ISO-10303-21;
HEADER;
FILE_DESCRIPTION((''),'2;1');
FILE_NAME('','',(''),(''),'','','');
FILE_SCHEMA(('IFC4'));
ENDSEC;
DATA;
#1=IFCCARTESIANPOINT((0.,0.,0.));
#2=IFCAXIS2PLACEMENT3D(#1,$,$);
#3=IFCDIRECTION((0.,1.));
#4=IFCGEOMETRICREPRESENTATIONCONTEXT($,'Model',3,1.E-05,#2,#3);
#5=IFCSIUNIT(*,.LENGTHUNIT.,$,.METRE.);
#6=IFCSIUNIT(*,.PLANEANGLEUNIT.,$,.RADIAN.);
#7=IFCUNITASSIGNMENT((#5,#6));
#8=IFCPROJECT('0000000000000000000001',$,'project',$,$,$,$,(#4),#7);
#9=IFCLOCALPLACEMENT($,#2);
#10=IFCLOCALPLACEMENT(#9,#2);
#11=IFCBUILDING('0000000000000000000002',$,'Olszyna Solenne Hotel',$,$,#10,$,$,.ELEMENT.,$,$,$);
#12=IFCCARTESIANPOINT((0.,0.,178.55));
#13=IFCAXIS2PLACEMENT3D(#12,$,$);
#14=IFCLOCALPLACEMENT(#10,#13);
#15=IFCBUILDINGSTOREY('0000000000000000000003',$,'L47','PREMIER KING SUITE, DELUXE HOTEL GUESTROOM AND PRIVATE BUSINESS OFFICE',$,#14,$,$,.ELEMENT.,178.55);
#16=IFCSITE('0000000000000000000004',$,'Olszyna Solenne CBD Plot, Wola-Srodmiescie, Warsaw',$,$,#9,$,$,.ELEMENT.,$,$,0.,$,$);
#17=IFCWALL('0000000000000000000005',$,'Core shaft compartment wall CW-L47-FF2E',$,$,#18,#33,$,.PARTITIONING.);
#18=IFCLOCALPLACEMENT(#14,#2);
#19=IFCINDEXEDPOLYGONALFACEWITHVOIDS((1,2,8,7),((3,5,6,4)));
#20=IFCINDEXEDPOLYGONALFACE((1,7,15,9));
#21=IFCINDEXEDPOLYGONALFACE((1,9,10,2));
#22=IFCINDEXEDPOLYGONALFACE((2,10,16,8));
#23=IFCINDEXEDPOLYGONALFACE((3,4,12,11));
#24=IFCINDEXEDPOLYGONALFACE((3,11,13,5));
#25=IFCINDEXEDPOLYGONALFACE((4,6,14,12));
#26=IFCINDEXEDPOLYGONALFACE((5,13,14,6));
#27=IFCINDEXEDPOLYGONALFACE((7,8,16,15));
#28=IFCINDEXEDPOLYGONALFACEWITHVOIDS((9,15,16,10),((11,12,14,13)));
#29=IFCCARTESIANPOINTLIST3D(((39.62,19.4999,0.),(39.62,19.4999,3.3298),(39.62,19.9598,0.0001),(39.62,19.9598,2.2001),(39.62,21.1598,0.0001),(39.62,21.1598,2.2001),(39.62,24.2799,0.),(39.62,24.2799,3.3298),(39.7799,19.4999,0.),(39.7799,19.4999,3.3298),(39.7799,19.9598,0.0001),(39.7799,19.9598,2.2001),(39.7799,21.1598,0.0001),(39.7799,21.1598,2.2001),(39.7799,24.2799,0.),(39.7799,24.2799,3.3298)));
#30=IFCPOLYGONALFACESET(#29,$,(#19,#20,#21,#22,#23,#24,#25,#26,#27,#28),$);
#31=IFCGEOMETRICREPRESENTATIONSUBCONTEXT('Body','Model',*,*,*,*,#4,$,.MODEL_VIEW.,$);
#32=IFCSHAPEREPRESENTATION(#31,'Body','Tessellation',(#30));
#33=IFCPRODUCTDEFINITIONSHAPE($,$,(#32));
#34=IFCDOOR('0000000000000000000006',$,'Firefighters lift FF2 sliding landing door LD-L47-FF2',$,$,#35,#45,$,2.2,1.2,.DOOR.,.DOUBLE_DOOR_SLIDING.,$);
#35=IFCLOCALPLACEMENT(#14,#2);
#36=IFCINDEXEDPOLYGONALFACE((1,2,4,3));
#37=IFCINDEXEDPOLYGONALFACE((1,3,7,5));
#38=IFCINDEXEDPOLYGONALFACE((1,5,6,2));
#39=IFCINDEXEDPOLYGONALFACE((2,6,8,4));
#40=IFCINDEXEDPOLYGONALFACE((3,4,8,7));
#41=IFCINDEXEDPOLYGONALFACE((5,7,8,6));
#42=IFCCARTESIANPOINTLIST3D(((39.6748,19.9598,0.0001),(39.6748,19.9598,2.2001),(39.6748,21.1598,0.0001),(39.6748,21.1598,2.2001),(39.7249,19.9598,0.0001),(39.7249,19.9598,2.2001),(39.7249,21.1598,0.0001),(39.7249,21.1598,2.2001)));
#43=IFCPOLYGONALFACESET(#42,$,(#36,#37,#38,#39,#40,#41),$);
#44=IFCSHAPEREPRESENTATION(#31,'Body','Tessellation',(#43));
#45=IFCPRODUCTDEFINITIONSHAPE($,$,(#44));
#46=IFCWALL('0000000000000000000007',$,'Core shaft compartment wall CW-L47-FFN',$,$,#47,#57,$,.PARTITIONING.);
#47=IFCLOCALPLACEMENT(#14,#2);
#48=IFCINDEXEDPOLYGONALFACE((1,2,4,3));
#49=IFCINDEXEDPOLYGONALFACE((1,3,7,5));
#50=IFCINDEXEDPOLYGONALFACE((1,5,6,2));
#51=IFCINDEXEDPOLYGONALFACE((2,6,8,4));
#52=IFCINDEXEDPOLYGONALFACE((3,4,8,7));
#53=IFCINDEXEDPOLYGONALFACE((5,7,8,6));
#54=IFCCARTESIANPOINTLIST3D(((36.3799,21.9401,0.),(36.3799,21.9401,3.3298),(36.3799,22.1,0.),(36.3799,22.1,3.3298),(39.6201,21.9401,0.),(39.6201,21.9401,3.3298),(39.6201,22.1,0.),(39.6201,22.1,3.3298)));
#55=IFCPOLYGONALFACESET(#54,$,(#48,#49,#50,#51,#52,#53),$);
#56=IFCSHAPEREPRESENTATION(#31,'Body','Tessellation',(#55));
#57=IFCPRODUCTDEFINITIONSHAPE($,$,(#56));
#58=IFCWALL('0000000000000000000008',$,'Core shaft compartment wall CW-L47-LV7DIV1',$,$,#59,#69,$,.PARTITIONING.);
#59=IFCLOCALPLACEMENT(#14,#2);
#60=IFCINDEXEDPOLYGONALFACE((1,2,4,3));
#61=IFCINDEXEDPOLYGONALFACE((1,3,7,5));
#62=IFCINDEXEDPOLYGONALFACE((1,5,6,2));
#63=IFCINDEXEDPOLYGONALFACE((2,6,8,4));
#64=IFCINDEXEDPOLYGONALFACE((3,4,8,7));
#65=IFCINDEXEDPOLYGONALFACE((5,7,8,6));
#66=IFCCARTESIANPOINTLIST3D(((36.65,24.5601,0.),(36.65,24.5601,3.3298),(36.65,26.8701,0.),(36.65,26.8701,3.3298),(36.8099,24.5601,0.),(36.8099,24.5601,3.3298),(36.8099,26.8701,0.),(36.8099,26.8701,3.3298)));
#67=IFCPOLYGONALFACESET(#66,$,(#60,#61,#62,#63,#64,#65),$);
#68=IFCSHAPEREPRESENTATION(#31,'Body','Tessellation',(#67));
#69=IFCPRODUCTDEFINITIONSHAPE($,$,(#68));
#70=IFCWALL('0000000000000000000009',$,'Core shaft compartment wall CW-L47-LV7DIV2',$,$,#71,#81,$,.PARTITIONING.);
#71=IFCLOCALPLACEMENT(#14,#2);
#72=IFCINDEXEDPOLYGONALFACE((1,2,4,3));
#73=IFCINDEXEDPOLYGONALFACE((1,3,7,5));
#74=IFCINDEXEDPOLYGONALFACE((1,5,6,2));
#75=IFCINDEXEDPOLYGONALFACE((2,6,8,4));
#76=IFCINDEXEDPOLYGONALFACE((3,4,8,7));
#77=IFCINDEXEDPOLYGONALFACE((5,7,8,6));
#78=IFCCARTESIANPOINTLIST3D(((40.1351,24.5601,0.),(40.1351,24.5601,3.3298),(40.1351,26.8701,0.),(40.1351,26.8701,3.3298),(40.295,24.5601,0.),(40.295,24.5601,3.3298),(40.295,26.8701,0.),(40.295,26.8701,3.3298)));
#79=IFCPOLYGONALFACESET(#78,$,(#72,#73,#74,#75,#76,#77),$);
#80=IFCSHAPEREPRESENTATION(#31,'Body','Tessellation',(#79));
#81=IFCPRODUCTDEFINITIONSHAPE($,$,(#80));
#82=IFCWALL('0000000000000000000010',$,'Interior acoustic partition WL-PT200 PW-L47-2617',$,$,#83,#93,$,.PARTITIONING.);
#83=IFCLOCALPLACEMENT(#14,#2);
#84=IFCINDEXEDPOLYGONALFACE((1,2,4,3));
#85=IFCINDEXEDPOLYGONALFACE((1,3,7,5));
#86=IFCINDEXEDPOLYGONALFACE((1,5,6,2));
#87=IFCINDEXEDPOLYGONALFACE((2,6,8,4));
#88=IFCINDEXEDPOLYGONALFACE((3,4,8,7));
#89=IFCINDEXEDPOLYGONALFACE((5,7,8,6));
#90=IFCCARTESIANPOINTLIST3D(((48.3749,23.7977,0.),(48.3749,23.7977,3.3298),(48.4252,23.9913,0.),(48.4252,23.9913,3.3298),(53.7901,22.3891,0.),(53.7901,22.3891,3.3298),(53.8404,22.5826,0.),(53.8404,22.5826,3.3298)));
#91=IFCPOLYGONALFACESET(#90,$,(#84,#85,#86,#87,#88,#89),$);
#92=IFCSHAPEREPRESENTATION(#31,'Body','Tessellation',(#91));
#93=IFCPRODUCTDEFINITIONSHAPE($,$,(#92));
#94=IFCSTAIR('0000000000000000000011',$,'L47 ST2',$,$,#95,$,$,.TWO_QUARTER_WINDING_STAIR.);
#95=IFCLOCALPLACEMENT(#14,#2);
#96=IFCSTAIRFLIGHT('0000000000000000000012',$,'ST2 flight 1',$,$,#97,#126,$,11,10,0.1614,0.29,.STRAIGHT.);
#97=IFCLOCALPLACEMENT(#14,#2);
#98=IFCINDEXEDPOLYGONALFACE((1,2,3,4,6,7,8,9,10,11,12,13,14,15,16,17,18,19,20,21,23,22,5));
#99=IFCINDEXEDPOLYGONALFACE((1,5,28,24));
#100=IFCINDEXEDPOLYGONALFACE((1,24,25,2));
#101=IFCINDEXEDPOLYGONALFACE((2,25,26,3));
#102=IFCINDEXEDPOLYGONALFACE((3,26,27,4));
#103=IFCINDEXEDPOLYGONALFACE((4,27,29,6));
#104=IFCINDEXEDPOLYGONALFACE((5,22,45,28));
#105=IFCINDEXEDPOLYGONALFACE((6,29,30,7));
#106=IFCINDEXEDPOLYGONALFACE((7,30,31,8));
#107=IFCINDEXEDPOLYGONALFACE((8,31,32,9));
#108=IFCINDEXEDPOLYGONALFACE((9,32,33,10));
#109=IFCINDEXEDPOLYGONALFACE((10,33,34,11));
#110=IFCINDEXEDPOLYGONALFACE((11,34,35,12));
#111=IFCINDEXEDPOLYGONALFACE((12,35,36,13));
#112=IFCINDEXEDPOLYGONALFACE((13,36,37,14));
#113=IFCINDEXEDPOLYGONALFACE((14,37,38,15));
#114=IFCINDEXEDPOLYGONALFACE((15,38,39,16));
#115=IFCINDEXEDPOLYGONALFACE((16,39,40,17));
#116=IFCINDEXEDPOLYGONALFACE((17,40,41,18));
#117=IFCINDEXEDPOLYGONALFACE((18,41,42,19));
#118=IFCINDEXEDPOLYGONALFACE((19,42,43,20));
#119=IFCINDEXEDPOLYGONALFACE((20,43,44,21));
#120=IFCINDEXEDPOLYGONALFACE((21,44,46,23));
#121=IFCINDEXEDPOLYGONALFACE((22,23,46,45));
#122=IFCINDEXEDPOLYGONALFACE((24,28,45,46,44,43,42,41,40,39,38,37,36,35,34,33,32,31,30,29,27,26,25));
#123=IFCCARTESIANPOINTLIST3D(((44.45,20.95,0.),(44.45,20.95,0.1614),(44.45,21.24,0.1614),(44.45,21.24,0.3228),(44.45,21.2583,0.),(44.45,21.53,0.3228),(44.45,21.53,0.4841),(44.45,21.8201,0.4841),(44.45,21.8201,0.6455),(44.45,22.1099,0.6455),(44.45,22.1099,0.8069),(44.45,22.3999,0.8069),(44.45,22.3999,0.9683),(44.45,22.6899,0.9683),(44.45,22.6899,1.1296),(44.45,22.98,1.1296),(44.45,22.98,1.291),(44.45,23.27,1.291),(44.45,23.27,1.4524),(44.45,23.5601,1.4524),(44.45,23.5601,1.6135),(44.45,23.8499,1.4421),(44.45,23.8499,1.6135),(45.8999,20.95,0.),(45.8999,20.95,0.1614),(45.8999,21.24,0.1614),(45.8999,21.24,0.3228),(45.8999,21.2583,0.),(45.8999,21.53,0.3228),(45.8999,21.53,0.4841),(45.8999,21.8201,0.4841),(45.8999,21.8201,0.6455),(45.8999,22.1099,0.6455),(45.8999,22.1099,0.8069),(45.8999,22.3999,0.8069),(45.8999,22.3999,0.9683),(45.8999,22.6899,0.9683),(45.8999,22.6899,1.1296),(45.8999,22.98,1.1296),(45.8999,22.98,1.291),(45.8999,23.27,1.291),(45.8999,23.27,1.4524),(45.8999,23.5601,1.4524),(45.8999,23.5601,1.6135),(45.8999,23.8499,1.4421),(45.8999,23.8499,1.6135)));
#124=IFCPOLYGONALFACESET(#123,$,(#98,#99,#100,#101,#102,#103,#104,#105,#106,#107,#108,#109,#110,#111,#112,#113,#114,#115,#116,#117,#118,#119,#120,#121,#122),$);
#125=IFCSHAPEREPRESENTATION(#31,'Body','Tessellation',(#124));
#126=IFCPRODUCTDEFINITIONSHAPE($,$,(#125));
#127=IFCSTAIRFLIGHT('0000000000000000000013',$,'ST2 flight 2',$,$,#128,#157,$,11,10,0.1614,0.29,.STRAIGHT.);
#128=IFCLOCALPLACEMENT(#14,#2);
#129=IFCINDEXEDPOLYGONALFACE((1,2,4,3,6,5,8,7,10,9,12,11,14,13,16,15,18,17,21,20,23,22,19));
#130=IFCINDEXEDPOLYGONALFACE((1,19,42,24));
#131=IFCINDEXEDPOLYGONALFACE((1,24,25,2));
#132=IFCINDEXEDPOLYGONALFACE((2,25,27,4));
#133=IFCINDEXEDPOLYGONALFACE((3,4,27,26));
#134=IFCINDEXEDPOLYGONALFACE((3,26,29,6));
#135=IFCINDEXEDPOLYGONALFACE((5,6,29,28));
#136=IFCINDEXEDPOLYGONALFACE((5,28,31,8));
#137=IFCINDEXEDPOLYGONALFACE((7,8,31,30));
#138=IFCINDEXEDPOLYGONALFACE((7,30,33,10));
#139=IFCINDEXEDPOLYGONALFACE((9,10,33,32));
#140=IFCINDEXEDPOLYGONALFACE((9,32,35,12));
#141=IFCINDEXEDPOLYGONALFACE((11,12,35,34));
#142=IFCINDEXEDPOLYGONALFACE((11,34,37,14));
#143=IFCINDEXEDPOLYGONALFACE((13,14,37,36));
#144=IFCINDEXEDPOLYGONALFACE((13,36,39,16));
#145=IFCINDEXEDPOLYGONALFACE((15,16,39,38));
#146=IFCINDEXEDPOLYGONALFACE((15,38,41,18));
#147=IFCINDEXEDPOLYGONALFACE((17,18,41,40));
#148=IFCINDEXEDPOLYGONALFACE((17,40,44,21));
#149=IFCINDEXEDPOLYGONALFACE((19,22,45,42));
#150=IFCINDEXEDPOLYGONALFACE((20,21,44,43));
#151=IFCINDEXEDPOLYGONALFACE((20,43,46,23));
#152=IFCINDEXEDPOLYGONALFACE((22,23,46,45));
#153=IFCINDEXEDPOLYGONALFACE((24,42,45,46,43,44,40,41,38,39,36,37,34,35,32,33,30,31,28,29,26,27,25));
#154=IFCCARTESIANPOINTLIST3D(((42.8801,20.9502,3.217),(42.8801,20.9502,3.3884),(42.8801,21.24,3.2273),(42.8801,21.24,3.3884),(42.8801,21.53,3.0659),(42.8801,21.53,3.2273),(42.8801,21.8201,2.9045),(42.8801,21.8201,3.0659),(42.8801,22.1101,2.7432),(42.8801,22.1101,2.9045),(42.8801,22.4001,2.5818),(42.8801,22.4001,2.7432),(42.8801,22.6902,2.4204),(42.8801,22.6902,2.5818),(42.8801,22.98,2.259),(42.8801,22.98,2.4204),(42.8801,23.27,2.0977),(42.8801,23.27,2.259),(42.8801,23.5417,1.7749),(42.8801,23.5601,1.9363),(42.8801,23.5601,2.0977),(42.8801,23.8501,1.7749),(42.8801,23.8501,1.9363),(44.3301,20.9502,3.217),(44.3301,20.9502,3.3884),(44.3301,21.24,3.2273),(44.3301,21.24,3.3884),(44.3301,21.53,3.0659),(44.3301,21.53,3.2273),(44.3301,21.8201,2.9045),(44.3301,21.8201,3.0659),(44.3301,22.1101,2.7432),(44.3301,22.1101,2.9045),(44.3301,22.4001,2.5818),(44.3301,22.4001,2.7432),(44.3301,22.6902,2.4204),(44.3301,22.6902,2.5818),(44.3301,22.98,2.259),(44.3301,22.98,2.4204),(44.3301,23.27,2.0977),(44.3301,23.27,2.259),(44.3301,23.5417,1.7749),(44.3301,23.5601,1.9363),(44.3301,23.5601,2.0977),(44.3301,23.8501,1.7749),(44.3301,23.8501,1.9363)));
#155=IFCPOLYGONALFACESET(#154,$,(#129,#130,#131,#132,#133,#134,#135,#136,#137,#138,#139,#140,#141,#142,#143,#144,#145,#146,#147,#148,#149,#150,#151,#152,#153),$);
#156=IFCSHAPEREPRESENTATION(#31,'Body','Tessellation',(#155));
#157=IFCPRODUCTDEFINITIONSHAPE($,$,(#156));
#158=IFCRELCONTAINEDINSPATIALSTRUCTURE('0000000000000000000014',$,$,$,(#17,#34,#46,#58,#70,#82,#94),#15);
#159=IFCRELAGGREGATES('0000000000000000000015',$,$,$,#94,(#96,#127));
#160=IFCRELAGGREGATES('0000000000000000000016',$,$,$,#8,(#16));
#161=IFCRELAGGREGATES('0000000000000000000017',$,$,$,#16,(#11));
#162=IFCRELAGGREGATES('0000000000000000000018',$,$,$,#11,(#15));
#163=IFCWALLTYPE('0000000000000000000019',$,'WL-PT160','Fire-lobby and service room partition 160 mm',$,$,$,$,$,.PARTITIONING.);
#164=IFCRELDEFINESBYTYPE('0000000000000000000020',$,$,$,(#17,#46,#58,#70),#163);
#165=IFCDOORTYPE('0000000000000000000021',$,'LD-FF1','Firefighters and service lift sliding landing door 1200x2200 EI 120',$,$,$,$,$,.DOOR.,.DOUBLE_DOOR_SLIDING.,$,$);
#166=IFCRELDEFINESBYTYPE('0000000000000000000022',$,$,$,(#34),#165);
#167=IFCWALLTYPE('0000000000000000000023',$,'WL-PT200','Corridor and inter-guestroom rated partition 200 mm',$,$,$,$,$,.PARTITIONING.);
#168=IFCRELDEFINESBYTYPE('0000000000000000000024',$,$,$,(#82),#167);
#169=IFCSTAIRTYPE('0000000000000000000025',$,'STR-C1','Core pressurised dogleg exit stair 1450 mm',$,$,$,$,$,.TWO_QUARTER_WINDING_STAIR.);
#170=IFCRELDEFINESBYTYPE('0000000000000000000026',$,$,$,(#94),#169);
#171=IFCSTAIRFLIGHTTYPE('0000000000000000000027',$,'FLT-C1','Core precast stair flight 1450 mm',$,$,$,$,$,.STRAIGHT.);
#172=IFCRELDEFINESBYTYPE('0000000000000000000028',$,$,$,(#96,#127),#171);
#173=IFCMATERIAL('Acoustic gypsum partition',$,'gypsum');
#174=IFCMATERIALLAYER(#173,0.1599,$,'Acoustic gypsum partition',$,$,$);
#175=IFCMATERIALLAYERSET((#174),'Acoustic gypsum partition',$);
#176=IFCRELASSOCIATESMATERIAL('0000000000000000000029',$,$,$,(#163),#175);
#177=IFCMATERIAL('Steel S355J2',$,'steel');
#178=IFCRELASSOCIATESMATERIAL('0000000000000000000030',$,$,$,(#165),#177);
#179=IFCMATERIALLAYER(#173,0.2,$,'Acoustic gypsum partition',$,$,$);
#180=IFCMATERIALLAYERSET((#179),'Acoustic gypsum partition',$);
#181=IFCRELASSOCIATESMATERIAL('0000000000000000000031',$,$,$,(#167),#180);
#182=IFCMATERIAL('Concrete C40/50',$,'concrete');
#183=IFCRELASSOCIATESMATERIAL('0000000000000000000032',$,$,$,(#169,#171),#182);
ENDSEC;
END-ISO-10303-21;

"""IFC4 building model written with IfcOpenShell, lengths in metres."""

from ifc_helpers import new_model, si_unit, direction, frame, frame_2d, origin, place, context, subcontext, project, spatial, polyline, rectangle, outline, extrude, source, transform, mapped, material, layer, layer_set, type_object, type_shapes, element, fill, aggregate, save


model = new_model("IFC4")

# Units and contexts
model_context = context("Model", 3, precision=1e-05, world=origin(), true_north=direction((0.0, 1.0)))
body_context = subcontext(model_context, "Body", "Model", "MODEL_VIEW")
ifc_project = project(units=[si_unit("LENGTHUNIT", "METRE"), si_unit("PLANEANGLEUNIT", "RADIAN")], contexts=[model_context])

# Site, building, storey
site_placement = place(None, origin())
site = spatial("IfcSite", under=ifc_project, at=site_placement, Name="Olszyna Solenne CBD Plot, Wola-Srodmiescie, Warsaw", CompositionType="ELEMENT", RefElevation=0.0)
building_placement = place(site_placement, origin())
building = spatial("IfcBuilding", under=site, at=building_placement, Name="Olszyna Solenne Hotel", CompositionType="ELEMENT")
storey_placement = place(building_placement, frame((0.0, 0.0, 178.55)))
storey = spatial("IfcBuildingStorey", under=building, at=storey_placement, Name="L47", Description="PREMIER KING SUITE, DELUXE HOTEL GUESTROOM AND PRIVATE BUSINESS OFFICE", CompositionType="ELEMENT", Elevation=178.55)

# Shared definitions
ifc_material_1 = material(Name="Steel S355J2", Category="steel")

# Shared definitions
ifc_material_2 = material(Name="Acoustic gypsum partition", Category="gypsum")

# Shared definitions
ifc_layer_1 = layer(ifc_material_2, 0.1599, Name="Acoustic gypsum partition")
ifc_layer_set_1 = layer_set([ifc_layer_1], Name="Acoustic gypsum partition")
wall_type_1 = type_object("IfcWallType", Name="WL-PT160", Description="Fire-lobby and service room partition 160 mm", PredefinedType="PARTITIONING", material=ifc_layer_set_1)

# Wall, opening, door
wall_1_placement = place(storey_placement, frame((39.7, 24.28, 0.0), z_axis=(0.0, 0.0, 1.0), x_axis=(0.0, -1.0, 0.0)))
wall_1 = element("IfcWall", 1, at=wall_1_placement, inside=storey, type_object=wall_type_1, Name="Core shaft compartment wall CW-L47-FF2E", PredefinedType="PARTITIONING", context=body_context, shape_type="SweptSolid", body=[
    extrude(rectangle(XDim=4.78, YDim=0.1599, at=frame_2d((2.3901, 0.0))), origin(), (0.0, 0.0, 1.0), 3.3298),
])
opening_1_placement = place(wall_1_placement, frame((3.1201, 0.0, 0.0)))
opening_1 = element("IfcOpeningElement", 2, at=opening_1_placement, cuts=wall_1, PredefinedType="OPENING", context=body_context, shape_type="SweptSolid", body=[
    extrude(rectangle(XDim=1.2, YDim=2.2, at=frame_2d((0.6001, 1.1001))), frame((0.0, 0.0898, 0.0), z_axis=(0.0, -1.0, 0.0), x_axis=(1.0, 0.0, 0.0)), (0.0, 0.0, 1.0), 0.1799),
])
door_type_1 = type_object("IfcDoorType", Name="LD-FF1", Description="Firefighters and service lift sliding landing door 1200x2200 EI 120", OperationType="DOUBLE_DOOR_SLIDING", PredefinedType="DOOR", material=ifc_material_1)
shared_shape_1 = source(origin(), body_context, "Body", "SweptSolid", [
    extrude(rectangle(XDim=1.2, YDim=2.2, at=frame_2d((0.6001, 1.1001))), frame((0.0, 0.0249, 0.0), z_axis=(0.0, -1.0, 0.0), x_axis=(1.0, 0.0, 0.0)), (0.0, 0.0, 1.0), 0.05),
])
type_shapes(door_type_1, [shared_shape_1])
door_1_placement = place(opening_1_placement, origin())
door_1 = element("IfcDoor", 3, at=door_1_placement, inside=storey, type_object=door_type_1, Name="Firefighters lift FF2 sliding landing door LD-L47-FF2", OperationType="DOUBLE_DOOR_SLIDING", OverallHeight=2.2, OverallWidth=1.2, PredefinedType="DOOR", context=body_context, shape_type="MappedRepresentation", body=[
    mapped(shared_shape_1, transform((0.0, 0.0, 0.0), x_axis=(1.0, 0.0, 0.0), y_axis=(0.0, 1.0, 0.0), z_axis=(0.0, 0.0, 1.0), scale=1.0)),
])
fill(opening_1, door_1)

# Walls
wall_2_placement = place(storey_placement, frame((36.3799, 22.02, 0.0), z_axis=(0.0, 0.0, 1.0), x_axis=(1.0, 0.0, 0.0)))
element("IfcWall", 4, at=wall_2_placement, inside=storey, type_object=wall_type_1, Name="Core shaft compartment wall CW-L47-FFN", PredefinedType="PARTITIONING", context=body_context, shape_type="SweptSolid", body=[
    extrude(rectangle(XDim=3.2402, YDim=0.1599, at=frame_2d((1.6201, 0.0))), origin(), (0.0, 0.0, 1.0), 3.3298),
])
for number, where, z_axis, x_axis, name in (
    (5, (36.73, 24.5601, 0.0), (0.0, 0.0, 1.0), (0.0, 1.0, 0.0), "Core shaft compartment wall CW-L47-LV7DIV1"),
    (6, (40.2151, 24.5601, 0.0), (0.0, 0.0, 1.0), (0.0, 1.0, 0.0), "Core shaft compartment wall CW-L47-LV7DIV2"),
):
    element("IfcWall", number, at=place(storey_placement, frame(where, z_axis=z_axis, x_axis=x_axis)), inside=storey, type_object=wall_type_1, Name=name, PredefinedType="PARTITIONING", context=body_context, shape_type="SweptSolid", body=[
        extrude(rectangle(XDim=2.3101, YDim=0.1599, at=frame_2d((1.155, 0.0))), origin(), (0.0, 0.0, 1.0), 3.3298),
    ])
ifc_layer_2 = layer(ifc_material_2, 0.2, Name="Acoustic gypsum partition")
ifc_layer_set_2 = layer_set([ifc_layer_2], Name="Acoustic gypsum partition")
wall_type_2 = type_object("IfcWallType", Name="WL-PT200", Description="Corridor and inter-guestroom rated partition 200 mm", PredefinedType="PARTITIONING", material=ifc_layer_set_2)
wall_3_placement = place(storey_placement, frame((48.3999, 23.8945, 0.0), z_axis=(0.0, 0.0, 1.0), x_axis=(0.967791, -0.251754, 0.0)))
element("IfcWall", 7, at=wall_3_placement, inside=storey, type_object=wall_type_2, Name="Interior acoustic partition WL-PT200 PW-L47-2617", PredefinedType="PARTITIONING", context=body_context, shape_type="SweptSolid", body=[
    extrude(rectangle(XDim=5.5955, YDim=0.2, at=frame_2d((2.7979, 0.0))), origin(), (0.0, 0.0, 1.0), 3.3298),
])

# Stair, stair flights
ifc_material_3 = material(Name="Concrete C40/50", Category="concrete")
stair_type = type_object("IfcStairType", Name="STR-C1", Description="Core pressurised dogleg exit stair 1450 mm", PredefinedType="TWO_QUARTER_WINDING_STAIR", material=ifc_material_3)
stair_placement = place(storey_placement, origin())
stair = element("IfcStair", 8, at=stair_placement, inside=storey, type_object=stair_type, Name="L47 ST2", PredefinedType="TWO_QUARTER_WINDING_STAIR")
stair_flight_type = type_object("IfcStairFlightType", Name="FLT-C1", Description="Core precast stair flight 1450 mm", PredefinedType="STRAIGHT", material=ifc_material_3)
stair_flight_1_placement = place(storey_placement, frame((45.175, 20.95, 0.0), z_axis=(0.0, 0.0, 1.0), x_axis=(0.0, 1.0, 0.0)))
stair_flight_1 = element("IfcStairFlight", 9, at=stair_flight_1_placement, type_object=stair_flight_type, Name="ST2 flight 1", NumberOfRisers=11, NumberOfTreads=10, PredefinedType="STRAIGHT", RiserHeight=0.1614, TreadLength=0.29, context=body_context, shape_type="SweptSolid", body=[
    extrude(outline(polyline([(0.0, 0.0), (0.0, 0.1614), (0.29, 0.1614), (0.29, 0.3228), (0.5801, 0.3228), (0.5801, 0.4841), (0.8701, 0.4841), (0.8701, 0.6455), (1.1599, 0.6455), (1.1599, 0.8069), (1.45, 0.8069), (1.45, 0.9683), (1.74, 0.9683), (1.74, 1.1296), (2.03, 1.1296), (2.03, 1.291), (2.3201, 1.291), (2.3201, 1.4524), (2.6101, 1.4524), (2.6101, 1.6135), (2.8999, 1.6135), (2.8999, 1.7749), (2.8999, 1.4421), (0.3083, 0.0), (0.0, 0.0)])), frame((0.0, 0.7251, 0.0), z_axis=(0.0, -1.0, 0.0), x_axis=(1.0, 0.0, 0.0)), (0.0, 0.0, 1.0), 1.45),
])
stair_flight_2_placement = place(storey_placement, frame((43.605, 23.8501, 1.7749), z_axis=(0.0, 0.0, 1.0), x_axis=(0.0, -1.0, 0.0)))
stair_flight_2 = element("IfcStairFlight", 10, at=stair_flight_2_placement, type_object=stair_flight_type, Name="ST2 flight 2", NumberOfRisers=11, NumberOfTreads=10, PredefinedType="STRAIGHT", RiserHeight=0.1614, TreadLength=0.29, context=body_context, shape_type="SweptSolid", body=[
    extrude(outline(polyline([(0.0, 0.0), (0.0, 0.1614), (0.29, 0.1614), (0.29, 0.3228), (0.5801, 0.3228), (0.5801, 0.4841), (0.8701, 0.4841), (0.8701, 0.6455), (1.1599, 0.6455), (1.1599, 0.8069), (1.45, 0.8069), (1.45, 0.9683), (1.74, 0.9683), (1.74, 1.1296), (2.03, 1.1296), (2.03, 1.291), (2.3201, 1.291), (2.3201, 1.4524), (2.6101, 1.4524), (2.6101, 1.6135), (2.8999, 1.6135), (2.8999, 1.7749), (2.8999, 1.4421), (0.3083, 0.0), (0.0, 0.0)])), frame((0.0, 0.7251, 0.0), z_axis=(0.0, -1.0, 0.0), x_axis=(1.0, 0.0, 0.0)), (0.0, 0.0, 1.0), 1.45),
])
aggregate(stair, [stair_flight_1, stair_flight_2])

save(model, "model.ifc")
